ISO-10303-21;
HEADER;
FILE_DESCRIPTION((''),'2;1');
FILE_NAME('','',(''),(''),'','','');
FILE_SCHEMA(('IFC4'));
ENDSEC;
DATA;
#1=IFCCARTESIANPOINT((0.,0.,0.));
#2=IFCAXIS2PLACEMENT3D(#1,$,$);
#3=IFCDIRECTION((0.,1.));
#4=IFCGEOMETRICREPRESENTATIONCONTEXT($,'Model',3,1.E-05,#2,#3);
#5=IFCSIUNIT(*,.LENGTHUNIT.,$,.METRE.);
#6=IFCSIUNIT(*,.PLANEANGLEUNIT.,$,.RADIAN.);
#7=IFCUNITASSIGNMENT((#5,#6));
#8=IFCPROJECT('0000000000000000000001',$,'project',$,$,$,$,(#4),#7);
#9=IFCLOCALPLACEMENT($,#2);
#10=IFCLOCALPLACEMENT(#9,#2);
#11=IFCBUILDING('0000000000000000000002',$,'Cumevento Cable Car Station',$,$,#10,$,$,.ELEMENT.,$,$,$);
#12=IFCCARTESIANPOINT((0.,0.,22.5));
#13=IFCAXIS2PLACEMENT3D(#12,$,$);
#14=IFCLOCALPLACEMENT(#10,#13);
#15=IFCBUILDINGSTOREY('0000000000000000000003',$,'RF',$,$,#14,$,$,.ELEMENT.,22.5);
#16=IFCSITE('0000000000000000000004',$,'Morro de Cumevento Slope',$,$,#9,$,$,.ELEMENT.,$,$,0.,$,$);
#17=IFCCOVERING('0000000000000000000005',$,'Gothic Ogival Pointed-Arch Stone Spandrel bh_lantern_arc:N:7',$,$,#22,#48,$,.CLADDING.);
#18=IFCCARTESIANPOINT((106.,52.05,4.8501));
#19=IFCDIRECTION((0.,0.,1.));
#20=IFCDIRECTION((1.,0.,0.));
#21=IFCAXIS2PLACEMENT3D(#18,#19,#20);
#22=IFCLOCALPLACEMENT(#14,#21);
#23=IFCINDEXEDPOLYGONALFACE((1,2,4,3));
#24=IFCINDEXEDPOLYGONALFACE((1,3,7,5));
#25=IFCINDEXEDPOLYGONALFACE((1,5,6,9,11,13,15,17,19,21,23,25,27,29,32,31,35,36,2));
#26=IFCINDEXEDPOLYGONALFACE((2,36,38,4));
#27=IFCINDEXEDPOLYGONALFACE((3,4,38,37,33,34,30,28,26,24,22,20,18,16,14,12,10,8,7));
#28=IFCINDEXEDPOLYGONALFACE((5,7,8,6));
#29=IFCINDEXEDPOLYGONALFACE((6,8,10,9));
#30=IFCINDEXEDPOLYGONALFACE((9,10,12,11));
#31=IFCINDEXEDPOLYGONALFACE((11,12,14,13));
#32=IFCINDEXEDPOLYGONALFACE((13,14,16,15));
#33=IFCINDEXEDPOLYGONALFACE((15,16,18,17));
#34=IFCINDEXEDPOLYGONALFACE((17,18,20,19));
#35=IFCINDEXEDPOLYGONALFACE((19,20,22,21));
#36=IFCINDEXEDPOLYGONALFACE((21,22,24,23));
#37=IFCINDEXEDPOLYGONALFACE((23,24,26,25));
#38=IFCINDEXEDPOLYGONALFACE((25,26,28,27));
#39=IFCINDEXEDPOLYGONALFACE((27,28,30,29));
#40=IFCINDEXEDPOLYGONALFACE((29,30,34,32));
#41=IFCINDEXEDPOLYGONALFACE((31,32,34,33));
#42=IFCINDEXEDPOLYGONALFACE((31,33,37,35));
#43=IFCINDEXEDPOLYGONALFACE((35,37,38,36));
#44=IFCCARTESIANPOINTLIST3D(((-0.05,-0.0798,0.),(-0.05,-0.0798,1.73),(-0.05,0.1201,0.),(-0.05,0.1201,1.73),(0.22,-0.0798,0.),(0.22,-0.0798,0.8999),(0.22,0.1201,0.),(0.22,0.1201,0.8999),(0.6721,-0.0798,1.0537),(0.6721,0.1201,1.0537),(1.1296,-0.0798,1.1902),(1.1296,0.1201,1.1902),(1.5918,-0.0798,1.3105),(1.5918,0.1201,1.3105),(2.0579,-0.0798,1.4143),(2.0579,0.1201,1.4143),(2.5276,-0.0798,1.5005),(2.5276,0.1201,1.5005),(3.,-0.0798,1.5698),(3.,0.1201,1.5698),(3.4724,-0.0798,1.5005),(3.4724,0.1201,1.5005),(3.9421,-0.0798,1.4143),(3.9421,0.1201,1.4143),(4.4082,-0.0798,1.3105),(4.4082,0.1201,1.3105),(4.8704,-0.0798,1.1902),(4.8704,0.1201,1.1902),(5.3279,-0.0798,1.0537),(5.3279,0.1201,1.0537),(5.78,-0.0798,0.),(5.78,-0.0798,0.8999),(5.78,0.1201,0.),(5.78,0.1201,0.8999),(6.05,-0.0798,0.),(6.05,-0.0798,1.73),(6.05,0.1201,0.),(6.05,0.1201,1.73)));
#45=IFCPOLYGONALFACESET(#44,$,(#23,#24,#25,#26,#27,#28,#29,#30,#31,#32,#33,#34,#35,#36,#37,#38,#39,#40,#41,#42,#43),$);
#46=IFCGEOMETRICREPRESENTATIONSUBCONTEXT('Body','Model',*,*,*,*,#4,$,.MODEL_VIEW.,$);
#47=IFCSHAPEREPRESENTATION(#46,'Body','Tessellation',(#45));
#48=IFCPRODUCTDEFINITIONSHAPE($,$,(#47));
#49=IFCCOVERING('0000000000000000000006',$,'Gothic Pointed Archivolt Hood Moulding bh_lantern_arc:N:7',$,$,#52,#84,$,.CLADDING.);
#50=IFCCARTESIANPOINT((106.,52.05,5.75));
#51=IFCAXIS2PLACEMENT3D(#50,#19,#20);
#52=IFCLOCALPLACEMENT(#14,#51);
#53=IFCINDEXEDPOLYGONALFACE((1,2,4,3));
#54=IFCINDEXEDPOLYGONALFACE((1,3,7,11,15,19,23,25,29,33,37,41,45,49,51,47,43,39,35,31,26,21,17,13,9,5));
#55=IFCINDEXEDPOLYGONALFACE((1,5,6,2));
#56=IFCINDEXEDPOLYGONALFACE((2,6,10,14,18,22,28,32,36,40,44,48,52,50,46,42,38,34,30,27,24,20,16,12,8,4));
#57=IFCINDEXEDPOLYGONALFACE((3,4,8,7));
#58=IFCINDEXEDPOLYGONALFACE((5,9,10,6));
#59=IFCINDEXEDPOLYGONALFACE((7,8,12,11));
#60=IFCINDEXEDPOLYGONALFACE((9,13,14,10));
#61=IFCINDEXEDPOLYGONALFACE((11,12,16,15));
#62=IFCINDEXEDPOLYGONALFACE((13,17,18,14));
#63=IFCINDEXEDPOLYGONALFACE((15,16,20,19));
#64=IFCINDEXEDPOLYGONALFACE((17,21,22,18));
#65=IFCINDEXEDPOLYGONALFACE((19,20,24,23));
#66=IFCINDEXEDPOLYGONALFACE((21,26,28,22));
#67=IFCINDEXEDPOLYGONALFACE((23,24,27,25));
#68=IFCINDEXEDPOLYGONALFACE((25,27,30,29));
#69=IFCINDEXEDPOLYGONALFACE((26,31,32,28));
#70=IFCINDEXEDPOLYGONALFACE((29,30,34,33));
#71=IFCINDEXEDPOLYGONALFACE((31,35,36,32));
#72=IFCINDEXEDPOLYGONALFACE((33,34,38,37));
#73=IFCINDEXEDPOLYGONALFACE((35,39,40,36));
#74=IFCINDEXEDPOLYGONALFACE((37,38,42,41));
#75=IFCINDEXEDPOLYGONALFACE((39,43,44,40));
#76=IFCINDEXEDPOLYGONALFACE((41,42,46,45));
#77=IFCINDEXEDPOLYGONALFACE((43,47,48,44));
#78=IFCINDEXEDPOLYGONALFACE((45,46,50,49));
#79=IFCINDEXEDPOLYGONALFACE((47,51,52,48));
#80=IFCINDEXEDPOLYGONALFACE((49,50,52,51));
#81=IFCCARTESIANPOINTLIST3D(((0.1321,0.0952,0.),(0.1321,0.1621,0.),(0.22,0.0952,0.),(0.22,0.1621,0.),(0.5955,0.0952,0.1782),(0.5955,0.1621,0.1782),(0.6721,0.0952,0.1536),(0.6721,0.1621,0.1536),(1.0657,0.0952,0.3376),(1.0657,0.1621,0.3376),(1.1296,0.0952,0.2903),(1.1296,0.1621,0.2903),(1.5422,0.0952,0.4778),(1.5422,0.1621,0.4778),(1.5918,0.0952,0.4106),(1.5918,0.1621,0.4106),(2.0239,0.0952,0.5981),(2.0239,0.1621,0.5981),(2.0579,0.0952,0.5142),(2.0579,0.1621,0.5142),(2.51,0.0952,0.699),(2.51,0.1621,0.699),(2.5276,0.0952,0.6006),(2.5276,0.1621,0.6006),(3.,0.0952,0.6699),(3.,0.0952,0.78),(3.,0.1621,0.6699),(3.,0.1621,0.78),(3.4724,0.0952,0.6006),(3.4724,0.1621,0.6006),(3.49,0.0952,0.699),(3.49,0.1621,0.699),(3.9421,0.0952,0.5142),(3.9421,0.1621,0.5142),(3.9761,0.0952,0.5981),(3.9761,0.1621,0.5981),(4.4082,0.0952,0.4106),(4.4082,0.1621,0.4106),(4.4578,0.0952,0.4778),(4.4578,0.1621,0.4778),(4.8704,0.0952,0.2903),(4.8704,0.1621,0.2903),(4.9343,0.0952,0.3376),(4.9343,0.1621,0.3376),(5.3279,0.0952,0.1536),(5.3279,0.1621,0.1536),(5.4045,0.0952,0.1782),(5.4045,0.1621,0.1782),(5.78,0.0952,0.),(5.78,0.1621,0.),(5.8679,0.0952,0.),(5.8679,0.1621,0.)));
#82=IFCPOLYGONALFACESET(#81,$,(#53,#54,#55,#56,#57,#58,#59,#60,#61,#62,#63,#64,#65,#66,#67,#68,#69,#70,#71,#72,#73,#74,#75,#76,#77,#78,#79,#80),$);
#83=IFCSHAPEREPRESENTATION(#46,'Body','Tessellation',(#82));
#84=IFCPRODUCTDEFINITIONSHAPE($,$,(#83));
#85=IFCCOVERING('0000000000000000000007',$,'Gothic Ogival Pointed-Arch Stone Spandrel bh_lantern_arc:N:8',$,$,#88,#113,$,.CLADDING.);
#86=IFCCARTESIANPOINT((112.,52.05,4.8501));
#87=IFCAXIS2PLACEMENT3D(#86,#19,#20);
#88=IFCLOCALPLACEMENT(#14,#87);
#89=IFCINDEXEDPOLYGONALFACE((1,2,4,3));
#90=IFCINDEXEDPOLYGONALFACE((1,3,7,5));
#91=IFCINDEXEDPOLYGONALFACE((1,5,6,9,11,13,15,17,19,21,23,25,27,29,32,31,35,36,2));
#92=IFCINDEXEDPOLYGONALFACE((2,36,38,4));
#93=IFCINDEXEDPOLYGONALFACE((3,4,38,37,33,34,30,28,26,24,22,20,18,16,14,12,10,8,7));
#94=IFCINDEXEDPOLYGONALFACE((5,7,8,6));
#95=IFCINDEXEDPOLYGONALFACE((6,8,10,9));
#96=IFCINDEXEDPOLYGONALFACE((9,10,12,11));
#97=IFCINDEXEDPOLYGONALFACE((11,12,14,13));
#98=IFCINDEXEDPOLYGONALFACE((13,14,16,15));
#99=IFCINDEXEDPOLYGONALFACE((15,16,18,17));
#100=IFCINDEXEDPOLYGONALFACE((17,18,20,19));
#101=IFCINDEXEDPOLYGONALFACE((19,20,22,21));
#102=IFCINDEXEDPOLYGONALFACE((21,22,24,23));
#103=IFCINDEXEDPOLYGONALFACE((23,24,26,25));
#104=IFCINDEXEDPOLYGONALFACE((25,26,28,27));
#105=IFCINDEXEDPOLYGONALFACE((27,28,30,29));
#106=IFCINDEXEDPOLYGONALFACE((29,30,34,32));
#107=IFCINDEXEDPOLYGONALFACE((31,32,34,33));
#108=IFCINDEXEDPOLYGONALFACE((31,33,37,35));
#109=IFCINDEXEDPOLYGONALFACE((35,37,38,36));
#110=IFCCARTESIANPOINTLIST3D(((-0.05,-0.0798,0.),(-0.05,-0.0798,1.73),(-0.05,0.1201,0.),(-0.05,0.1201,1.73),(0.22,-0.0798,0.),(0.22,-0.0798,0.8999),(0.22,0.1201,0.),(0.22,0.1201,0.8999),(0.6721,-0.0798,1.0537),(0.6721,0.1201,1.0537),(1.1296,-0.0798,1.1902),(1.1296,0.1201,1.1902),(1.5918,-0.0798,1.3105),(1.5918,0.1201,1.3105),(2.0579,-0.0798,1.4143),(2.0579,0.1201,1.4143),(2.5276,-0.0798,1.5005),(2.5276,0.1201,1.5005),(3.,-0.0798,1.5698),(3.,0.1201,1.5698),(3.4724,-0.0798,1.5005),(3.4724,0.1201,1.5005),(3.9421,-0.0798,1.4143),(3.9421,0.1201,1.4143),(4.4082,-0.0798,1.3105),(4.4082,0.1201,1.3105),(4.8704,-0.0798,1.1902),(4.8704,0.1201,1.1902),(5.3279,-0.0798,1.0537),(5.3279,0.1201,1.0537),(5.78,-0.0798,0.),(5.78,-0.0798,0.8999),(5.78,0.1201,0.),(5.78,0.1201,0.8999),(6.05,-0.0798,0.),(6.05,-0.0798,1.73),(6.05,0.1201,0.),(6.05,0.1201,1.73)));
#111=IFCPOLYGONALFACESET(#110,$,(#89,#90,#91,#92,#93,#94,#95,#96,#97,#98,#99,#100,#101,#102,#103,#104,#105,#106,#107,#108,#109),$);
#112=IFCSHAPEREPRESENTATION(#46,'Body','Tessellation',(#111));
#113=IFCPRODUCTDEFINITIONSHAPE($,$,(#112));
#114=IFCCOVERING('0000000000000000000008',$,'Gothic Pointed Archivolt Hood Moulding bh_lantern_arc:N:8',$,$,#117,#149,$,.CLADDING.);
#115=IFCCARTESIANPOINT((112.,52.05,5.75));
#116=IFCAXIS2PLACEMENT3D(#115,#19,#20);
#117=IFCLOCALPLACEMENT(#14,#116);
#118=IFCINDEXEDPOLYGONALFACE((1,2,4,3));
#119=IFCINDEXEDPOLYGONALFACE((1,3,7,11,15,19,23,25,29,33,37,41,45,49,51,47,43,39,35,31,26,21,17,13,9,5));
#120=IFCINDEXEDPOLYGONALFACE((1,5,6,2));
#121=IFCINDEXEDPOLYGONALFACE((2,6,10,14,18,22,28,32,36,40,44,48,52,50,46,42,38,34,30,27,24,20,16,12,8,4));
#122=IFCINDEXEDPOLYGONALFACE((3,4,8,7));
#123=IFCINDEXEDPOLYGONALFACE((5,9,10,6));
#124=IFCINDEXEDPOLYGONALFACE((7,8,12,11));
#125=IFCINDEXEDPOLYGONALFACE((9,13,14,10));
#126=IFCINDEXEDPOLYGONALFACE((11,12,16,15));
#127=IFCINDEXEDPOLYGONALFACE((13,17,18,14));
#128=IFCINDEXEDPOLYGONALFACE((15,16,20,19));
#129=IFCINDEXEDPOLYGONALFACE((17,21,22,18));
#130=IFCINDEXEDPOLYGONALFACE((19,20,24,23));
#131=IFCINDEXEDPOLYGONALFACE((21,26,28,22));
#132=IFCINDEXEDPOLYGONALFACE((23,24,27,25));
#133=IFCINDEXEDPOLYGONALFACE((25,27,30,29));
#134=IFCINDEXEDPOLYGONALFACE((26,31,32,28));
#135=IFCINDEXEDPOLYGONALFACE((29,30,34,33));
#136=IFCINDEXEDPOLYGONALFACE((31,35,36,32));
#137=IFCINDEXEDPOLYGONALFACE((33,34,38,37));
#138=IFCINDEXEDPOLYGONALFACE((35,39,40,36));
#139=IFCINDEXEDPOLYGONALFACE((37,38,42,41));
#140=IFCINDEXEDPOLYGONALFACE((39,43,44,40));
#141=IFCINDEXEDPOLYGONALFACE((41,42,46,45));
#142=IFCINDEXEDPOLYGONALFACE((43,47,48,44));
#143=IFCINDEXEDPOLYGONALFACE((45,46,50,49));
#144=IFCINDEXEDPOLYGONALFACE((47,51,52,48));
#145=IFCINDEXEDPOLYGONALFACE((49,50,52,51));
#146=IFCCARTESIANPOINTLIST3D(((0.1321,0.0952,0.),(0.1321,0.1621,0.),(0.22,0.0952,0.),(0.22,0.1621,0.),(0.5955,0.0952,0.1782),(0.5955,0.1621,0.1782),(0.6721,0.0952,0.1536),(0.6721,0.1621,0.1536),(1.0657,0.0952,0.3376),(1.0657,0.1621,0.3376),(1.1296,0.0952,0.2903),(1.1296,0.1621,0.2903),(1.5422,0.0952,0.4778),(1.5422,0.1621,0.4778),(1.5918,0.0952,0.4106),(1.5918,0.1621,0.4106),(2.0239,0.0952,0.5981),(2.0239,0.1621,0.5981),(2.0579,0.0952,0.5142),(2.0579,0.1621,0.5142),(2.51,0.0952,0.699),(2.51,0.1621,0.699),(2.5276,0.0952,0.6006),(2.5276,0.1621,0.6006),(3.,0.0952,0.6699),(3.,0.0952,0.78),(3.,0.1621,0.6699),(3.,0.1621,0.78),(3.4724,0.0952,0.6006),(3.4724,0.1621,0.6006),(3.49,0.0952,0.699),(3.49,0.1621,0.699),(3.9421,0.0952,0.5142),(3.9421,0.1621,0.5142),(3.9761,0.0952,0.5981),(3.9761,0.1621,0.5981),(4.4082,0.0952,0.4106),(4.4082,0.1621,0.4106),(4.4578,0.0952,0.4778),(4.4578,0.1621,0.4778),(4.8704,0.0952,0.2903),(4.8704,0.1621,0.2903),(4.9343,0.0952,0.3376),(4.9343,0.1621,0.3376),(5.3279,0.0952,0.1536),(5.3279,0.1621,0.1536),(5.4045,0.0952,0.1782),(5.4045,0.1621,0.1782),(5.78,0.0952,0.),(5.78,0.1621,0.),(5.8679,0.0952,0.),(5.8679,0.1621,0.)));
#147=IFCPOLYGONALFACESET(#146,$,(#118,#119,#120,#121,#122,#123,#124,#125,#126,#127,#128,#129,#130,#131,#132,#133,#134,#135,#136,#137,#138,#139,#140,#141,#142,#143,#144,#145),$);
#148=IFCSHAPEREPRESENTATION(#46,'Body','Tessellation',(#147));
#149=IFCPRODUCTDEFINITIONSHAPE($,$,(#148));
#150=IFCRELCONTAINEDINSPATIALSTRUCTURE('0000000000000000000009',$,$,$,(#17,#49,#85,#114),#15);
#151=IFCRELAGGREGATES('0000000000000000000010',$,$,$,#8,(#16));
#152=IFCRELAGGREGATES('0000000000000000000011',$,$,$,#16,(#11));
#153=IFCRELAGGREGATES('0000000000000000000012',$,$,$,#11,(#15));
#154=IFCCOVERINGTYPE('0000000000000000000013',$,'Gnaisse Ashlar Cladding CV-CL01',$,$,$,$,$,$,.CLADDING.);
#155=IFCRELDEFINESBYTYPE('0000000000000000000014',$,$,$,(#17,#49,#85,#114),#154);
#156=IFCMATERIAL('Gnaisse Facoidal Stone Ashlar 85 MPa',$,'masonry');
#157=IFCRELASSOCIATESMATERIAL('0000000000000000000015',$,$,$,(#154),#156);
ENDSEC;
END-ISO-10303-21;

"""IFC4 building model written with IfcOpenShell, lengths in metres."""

from ifc_helpers import new_model, si_unit, direction, frame, origin, place, context, subcontext, project, spatial, polyline, outline, extrude, material, type_object, element, save


model = new_model("IFC4")

# Units and contexts
model_context = context("Model", 3, precision=1e-05, world=origin(), true_north=direction((0.0, 1.0)))
body_context = subcontext(model_context, "Body", "Model", "MODEL_VIEW")
ifc_project = project(units=[si_unit("LENGTHUNIT", "METRE"), si_unit("PLANEANGLEUNIT", "RADIAN")], contexts=[model_context])

# Site, building, storey
site_placement = place(None, origin())
site = spatial("IfcSite", under=ifc_project, at=site_placement, Name="Morro de Cumevento Slope", CompositionType="ELEMENT", RefElevation=0.0)
building_placement = place(site_placement, origin())
building = spatial("IfcBuilding", under=site, at=building_placement, Name="Cumevento Cable Car Station", CompositionType="ELEMENT")
storey_placement = place(building_placement, frame((0.0, 0.0, 22.5)))
storey = spatial("IfcBuildingStorey", under=building, at=storey_placement, Name="RF", CompositionType="ELEMENT", Elevation=22.5)

# Coverings
ifc_material_1 = material(Name="Gnaisse Facoidal Stone Ashlar 85 MPa", Category="masonry")
covering_type = type_object("IfcCoveringType", Name="Gnaisse Ashlar Cladding CV-CL01", PredefinedType="CLADDING", material=ifc_material_1)
covering_1_placement = place(storey_placement, frame((106.0, 52.05, 4.8501), z_axis=(0.0, 0.0, 1.0), x_axis=(1.0, 0.0, 0.0)))
element("IfcCovering", 1, at=covering_1_placement, inside=storey, type_object=covering_type, Name="Gothic Ogival Pointed-Arch Stone Spandrel bh_lantern_arc:N:7", PredefinedType="CLADDING", context=body_context, shape_type="SweptSolid", body=[
    extrude(outline(polyline([(-0.05, 0.0), (-0.05, 1.73), (6.05, 1.73), (6.05, 0.0), (5.78, 0.0), (5.78, 0.8999), (5.3279, 1.0537), (4.8704, 1.1902), (4.4082, 1.3105), (3.9421, 1.4143), (3.4724, 1.5005), (3.0, 1.5698), (2.5276, 1.5005), (2.0579, 1.4143), (1.5918, 1.3105), (1.1296, 1.1902), (0.6721, 1.0537), (0.22, 0.8999), (0.22, 0.0), (-0.05, 0.0)])), frame((0.0, 0.1201, 0.0), z_axis=(0.0, -1.0, 0.0), x_axis=(1.0, 0.0, 0.0)), (0.0, 0.0, 1.0), 0.2),
])
covering_2_placement = place(storey_placement, frame((106.0, 52.05, 5.75), z_axis=(0.0, 0.0, 1.0), x_axis=(1.0, 0.0, 0.0)))
element("IfcCovering", 2, at=covering_2_placement, inside=storey, type_object=covering_type, Name="Gothic Pointed Archivolt Hood Moulding bh_lantern_arc:N:7", PredefinedType="CLADDING", context=body_context, shape_type="SweptSolid", body=[
    extrude(outline(polyline([(0.22, 0.0), (0.6721, 0.1536), (1.1296, 0.2903), (1.5918, 0.4106), (2.0579, 0.5142), (2.5276, 0.6006), (3.0, 0.6699), (3.4724, 0.6006), (3.9421, 0.5142), (4.4082, 0.4106), (4.8704, 0.2903), (5.3279, 0.1536), (5.78, 0.0), (5.8679, 0.0), (5.4045, 0.1782), (4.9343, 0.3376), (4.4578, 0.4778), (3.9761, 0.5981), (3.49, 0.699), (3.0, 0.78), (2.51, 0.699), (2.0239, 0.5981), (1.5422, 0.4778), (1.0657, 0.3376), (0.5955, 0.1782), (0.1321, 0.0), (0.22, 0.0)])), frame((0.0, 0.1621, 0.0), z_axis=(0.0, -1.0, 0.0), x_axis=(1.0, 0.0, 0.0)), (0.0, 0.0, 1.0), 0.0669),
])
covering_3_placement = place(storey_placement, frame((112.0, 52.05, 4.8501), z_axis=(0.0, 0.0, 1.0), x_axis=(1.0, 0.0, 0.0)))
element("IfcCovering", 3, at=covering_3_placement, inside=storey, type_object=covering_type, Name="Gothic Ogival Pointed-Arch Stone Spandrel bh_lantern_arc:N:8", PredefinedType="CLADDING", context=body_context, shape_type="SweptSolid", body=[
    extrude(outline(polyline([(-0.05, 0.0), (-0.05, 1.73), (6.05, 1.73), (6.05, 0.0), (5.78, 0.0), (5.78, 0.8999), (5.3279, 1.0537), (4.8704, 1.1902), (4.4082, 1.3105), (3.9421, 1.4143), (3.4724, 1.5005), (3.0, 1.5698), (2.5276, 1.5005), (2.0579, 1.4143), (1.5918, 1.3105), (1.1296, 1.1902), (0.6721, 1.0537), (0.22, 0.8999), (0.22, 0.0), (-0.05, 0.0)])), frame((0.0, 0.1201, 0.0), z_axis=(0.0, -1.0, 0.0), x_axis=(1.0, 0.0, 0.0)), (0.0, 0.0, 1.0), 0.2),
])
covering_4_placement = place(storey_placement, frame((112.0, 52.05, 5.75), z_axis=(0.0, 0.0, 1.0), x_axis=(1.0, 0.0, 0.0)))
element("IfcCovering", 4, at=covering_4_placement, inside=storey, type_object=covering_type, Name="Gothic Pointed Archivolt Hood Moulding bh_lantern_arc:N:8", PredefinedType="CLADDING", context=body_context, shape_type="SweptSolid", body=[
    extrude(outline(polyline([(0.22, 0.0), (0.6721, 0.1536), (1.1296, 0.2903), (1.5918, 0.4106), (2.0579, 0.5142), (2.5276, 0.6006), (3.0, 0.6699), (3.4724, 0.6006), (3.9421, 0.5142), (4.4082, 0.4106), (4.8704, 0.2903), (5.3279, 0.1536), (5.78, 0.0), (5.8679, 0.0), (5.4045, 0.1782), (4.9343, 0.3376), (4.4578, 0.4778), (3.9761, 0.5981), (3.49, 0.699), (3.0, 0.78), (2.51, 0.699), (2.0239, 0.5981), (1.5422, 0.4778), (1.0657, 0.3376), (0.5955, 0.1782), (0.1321, 0.0), (0.22, 0.0)])), frame((0.0, 0.1621, 0.0), z_axis=(0.0, -1.0, 0.0), x_axis=(1.0, 0.0, 0.0)), (0.0, 0.0, 1.0), 0.0669),
])

save(model, "model.ifc")
